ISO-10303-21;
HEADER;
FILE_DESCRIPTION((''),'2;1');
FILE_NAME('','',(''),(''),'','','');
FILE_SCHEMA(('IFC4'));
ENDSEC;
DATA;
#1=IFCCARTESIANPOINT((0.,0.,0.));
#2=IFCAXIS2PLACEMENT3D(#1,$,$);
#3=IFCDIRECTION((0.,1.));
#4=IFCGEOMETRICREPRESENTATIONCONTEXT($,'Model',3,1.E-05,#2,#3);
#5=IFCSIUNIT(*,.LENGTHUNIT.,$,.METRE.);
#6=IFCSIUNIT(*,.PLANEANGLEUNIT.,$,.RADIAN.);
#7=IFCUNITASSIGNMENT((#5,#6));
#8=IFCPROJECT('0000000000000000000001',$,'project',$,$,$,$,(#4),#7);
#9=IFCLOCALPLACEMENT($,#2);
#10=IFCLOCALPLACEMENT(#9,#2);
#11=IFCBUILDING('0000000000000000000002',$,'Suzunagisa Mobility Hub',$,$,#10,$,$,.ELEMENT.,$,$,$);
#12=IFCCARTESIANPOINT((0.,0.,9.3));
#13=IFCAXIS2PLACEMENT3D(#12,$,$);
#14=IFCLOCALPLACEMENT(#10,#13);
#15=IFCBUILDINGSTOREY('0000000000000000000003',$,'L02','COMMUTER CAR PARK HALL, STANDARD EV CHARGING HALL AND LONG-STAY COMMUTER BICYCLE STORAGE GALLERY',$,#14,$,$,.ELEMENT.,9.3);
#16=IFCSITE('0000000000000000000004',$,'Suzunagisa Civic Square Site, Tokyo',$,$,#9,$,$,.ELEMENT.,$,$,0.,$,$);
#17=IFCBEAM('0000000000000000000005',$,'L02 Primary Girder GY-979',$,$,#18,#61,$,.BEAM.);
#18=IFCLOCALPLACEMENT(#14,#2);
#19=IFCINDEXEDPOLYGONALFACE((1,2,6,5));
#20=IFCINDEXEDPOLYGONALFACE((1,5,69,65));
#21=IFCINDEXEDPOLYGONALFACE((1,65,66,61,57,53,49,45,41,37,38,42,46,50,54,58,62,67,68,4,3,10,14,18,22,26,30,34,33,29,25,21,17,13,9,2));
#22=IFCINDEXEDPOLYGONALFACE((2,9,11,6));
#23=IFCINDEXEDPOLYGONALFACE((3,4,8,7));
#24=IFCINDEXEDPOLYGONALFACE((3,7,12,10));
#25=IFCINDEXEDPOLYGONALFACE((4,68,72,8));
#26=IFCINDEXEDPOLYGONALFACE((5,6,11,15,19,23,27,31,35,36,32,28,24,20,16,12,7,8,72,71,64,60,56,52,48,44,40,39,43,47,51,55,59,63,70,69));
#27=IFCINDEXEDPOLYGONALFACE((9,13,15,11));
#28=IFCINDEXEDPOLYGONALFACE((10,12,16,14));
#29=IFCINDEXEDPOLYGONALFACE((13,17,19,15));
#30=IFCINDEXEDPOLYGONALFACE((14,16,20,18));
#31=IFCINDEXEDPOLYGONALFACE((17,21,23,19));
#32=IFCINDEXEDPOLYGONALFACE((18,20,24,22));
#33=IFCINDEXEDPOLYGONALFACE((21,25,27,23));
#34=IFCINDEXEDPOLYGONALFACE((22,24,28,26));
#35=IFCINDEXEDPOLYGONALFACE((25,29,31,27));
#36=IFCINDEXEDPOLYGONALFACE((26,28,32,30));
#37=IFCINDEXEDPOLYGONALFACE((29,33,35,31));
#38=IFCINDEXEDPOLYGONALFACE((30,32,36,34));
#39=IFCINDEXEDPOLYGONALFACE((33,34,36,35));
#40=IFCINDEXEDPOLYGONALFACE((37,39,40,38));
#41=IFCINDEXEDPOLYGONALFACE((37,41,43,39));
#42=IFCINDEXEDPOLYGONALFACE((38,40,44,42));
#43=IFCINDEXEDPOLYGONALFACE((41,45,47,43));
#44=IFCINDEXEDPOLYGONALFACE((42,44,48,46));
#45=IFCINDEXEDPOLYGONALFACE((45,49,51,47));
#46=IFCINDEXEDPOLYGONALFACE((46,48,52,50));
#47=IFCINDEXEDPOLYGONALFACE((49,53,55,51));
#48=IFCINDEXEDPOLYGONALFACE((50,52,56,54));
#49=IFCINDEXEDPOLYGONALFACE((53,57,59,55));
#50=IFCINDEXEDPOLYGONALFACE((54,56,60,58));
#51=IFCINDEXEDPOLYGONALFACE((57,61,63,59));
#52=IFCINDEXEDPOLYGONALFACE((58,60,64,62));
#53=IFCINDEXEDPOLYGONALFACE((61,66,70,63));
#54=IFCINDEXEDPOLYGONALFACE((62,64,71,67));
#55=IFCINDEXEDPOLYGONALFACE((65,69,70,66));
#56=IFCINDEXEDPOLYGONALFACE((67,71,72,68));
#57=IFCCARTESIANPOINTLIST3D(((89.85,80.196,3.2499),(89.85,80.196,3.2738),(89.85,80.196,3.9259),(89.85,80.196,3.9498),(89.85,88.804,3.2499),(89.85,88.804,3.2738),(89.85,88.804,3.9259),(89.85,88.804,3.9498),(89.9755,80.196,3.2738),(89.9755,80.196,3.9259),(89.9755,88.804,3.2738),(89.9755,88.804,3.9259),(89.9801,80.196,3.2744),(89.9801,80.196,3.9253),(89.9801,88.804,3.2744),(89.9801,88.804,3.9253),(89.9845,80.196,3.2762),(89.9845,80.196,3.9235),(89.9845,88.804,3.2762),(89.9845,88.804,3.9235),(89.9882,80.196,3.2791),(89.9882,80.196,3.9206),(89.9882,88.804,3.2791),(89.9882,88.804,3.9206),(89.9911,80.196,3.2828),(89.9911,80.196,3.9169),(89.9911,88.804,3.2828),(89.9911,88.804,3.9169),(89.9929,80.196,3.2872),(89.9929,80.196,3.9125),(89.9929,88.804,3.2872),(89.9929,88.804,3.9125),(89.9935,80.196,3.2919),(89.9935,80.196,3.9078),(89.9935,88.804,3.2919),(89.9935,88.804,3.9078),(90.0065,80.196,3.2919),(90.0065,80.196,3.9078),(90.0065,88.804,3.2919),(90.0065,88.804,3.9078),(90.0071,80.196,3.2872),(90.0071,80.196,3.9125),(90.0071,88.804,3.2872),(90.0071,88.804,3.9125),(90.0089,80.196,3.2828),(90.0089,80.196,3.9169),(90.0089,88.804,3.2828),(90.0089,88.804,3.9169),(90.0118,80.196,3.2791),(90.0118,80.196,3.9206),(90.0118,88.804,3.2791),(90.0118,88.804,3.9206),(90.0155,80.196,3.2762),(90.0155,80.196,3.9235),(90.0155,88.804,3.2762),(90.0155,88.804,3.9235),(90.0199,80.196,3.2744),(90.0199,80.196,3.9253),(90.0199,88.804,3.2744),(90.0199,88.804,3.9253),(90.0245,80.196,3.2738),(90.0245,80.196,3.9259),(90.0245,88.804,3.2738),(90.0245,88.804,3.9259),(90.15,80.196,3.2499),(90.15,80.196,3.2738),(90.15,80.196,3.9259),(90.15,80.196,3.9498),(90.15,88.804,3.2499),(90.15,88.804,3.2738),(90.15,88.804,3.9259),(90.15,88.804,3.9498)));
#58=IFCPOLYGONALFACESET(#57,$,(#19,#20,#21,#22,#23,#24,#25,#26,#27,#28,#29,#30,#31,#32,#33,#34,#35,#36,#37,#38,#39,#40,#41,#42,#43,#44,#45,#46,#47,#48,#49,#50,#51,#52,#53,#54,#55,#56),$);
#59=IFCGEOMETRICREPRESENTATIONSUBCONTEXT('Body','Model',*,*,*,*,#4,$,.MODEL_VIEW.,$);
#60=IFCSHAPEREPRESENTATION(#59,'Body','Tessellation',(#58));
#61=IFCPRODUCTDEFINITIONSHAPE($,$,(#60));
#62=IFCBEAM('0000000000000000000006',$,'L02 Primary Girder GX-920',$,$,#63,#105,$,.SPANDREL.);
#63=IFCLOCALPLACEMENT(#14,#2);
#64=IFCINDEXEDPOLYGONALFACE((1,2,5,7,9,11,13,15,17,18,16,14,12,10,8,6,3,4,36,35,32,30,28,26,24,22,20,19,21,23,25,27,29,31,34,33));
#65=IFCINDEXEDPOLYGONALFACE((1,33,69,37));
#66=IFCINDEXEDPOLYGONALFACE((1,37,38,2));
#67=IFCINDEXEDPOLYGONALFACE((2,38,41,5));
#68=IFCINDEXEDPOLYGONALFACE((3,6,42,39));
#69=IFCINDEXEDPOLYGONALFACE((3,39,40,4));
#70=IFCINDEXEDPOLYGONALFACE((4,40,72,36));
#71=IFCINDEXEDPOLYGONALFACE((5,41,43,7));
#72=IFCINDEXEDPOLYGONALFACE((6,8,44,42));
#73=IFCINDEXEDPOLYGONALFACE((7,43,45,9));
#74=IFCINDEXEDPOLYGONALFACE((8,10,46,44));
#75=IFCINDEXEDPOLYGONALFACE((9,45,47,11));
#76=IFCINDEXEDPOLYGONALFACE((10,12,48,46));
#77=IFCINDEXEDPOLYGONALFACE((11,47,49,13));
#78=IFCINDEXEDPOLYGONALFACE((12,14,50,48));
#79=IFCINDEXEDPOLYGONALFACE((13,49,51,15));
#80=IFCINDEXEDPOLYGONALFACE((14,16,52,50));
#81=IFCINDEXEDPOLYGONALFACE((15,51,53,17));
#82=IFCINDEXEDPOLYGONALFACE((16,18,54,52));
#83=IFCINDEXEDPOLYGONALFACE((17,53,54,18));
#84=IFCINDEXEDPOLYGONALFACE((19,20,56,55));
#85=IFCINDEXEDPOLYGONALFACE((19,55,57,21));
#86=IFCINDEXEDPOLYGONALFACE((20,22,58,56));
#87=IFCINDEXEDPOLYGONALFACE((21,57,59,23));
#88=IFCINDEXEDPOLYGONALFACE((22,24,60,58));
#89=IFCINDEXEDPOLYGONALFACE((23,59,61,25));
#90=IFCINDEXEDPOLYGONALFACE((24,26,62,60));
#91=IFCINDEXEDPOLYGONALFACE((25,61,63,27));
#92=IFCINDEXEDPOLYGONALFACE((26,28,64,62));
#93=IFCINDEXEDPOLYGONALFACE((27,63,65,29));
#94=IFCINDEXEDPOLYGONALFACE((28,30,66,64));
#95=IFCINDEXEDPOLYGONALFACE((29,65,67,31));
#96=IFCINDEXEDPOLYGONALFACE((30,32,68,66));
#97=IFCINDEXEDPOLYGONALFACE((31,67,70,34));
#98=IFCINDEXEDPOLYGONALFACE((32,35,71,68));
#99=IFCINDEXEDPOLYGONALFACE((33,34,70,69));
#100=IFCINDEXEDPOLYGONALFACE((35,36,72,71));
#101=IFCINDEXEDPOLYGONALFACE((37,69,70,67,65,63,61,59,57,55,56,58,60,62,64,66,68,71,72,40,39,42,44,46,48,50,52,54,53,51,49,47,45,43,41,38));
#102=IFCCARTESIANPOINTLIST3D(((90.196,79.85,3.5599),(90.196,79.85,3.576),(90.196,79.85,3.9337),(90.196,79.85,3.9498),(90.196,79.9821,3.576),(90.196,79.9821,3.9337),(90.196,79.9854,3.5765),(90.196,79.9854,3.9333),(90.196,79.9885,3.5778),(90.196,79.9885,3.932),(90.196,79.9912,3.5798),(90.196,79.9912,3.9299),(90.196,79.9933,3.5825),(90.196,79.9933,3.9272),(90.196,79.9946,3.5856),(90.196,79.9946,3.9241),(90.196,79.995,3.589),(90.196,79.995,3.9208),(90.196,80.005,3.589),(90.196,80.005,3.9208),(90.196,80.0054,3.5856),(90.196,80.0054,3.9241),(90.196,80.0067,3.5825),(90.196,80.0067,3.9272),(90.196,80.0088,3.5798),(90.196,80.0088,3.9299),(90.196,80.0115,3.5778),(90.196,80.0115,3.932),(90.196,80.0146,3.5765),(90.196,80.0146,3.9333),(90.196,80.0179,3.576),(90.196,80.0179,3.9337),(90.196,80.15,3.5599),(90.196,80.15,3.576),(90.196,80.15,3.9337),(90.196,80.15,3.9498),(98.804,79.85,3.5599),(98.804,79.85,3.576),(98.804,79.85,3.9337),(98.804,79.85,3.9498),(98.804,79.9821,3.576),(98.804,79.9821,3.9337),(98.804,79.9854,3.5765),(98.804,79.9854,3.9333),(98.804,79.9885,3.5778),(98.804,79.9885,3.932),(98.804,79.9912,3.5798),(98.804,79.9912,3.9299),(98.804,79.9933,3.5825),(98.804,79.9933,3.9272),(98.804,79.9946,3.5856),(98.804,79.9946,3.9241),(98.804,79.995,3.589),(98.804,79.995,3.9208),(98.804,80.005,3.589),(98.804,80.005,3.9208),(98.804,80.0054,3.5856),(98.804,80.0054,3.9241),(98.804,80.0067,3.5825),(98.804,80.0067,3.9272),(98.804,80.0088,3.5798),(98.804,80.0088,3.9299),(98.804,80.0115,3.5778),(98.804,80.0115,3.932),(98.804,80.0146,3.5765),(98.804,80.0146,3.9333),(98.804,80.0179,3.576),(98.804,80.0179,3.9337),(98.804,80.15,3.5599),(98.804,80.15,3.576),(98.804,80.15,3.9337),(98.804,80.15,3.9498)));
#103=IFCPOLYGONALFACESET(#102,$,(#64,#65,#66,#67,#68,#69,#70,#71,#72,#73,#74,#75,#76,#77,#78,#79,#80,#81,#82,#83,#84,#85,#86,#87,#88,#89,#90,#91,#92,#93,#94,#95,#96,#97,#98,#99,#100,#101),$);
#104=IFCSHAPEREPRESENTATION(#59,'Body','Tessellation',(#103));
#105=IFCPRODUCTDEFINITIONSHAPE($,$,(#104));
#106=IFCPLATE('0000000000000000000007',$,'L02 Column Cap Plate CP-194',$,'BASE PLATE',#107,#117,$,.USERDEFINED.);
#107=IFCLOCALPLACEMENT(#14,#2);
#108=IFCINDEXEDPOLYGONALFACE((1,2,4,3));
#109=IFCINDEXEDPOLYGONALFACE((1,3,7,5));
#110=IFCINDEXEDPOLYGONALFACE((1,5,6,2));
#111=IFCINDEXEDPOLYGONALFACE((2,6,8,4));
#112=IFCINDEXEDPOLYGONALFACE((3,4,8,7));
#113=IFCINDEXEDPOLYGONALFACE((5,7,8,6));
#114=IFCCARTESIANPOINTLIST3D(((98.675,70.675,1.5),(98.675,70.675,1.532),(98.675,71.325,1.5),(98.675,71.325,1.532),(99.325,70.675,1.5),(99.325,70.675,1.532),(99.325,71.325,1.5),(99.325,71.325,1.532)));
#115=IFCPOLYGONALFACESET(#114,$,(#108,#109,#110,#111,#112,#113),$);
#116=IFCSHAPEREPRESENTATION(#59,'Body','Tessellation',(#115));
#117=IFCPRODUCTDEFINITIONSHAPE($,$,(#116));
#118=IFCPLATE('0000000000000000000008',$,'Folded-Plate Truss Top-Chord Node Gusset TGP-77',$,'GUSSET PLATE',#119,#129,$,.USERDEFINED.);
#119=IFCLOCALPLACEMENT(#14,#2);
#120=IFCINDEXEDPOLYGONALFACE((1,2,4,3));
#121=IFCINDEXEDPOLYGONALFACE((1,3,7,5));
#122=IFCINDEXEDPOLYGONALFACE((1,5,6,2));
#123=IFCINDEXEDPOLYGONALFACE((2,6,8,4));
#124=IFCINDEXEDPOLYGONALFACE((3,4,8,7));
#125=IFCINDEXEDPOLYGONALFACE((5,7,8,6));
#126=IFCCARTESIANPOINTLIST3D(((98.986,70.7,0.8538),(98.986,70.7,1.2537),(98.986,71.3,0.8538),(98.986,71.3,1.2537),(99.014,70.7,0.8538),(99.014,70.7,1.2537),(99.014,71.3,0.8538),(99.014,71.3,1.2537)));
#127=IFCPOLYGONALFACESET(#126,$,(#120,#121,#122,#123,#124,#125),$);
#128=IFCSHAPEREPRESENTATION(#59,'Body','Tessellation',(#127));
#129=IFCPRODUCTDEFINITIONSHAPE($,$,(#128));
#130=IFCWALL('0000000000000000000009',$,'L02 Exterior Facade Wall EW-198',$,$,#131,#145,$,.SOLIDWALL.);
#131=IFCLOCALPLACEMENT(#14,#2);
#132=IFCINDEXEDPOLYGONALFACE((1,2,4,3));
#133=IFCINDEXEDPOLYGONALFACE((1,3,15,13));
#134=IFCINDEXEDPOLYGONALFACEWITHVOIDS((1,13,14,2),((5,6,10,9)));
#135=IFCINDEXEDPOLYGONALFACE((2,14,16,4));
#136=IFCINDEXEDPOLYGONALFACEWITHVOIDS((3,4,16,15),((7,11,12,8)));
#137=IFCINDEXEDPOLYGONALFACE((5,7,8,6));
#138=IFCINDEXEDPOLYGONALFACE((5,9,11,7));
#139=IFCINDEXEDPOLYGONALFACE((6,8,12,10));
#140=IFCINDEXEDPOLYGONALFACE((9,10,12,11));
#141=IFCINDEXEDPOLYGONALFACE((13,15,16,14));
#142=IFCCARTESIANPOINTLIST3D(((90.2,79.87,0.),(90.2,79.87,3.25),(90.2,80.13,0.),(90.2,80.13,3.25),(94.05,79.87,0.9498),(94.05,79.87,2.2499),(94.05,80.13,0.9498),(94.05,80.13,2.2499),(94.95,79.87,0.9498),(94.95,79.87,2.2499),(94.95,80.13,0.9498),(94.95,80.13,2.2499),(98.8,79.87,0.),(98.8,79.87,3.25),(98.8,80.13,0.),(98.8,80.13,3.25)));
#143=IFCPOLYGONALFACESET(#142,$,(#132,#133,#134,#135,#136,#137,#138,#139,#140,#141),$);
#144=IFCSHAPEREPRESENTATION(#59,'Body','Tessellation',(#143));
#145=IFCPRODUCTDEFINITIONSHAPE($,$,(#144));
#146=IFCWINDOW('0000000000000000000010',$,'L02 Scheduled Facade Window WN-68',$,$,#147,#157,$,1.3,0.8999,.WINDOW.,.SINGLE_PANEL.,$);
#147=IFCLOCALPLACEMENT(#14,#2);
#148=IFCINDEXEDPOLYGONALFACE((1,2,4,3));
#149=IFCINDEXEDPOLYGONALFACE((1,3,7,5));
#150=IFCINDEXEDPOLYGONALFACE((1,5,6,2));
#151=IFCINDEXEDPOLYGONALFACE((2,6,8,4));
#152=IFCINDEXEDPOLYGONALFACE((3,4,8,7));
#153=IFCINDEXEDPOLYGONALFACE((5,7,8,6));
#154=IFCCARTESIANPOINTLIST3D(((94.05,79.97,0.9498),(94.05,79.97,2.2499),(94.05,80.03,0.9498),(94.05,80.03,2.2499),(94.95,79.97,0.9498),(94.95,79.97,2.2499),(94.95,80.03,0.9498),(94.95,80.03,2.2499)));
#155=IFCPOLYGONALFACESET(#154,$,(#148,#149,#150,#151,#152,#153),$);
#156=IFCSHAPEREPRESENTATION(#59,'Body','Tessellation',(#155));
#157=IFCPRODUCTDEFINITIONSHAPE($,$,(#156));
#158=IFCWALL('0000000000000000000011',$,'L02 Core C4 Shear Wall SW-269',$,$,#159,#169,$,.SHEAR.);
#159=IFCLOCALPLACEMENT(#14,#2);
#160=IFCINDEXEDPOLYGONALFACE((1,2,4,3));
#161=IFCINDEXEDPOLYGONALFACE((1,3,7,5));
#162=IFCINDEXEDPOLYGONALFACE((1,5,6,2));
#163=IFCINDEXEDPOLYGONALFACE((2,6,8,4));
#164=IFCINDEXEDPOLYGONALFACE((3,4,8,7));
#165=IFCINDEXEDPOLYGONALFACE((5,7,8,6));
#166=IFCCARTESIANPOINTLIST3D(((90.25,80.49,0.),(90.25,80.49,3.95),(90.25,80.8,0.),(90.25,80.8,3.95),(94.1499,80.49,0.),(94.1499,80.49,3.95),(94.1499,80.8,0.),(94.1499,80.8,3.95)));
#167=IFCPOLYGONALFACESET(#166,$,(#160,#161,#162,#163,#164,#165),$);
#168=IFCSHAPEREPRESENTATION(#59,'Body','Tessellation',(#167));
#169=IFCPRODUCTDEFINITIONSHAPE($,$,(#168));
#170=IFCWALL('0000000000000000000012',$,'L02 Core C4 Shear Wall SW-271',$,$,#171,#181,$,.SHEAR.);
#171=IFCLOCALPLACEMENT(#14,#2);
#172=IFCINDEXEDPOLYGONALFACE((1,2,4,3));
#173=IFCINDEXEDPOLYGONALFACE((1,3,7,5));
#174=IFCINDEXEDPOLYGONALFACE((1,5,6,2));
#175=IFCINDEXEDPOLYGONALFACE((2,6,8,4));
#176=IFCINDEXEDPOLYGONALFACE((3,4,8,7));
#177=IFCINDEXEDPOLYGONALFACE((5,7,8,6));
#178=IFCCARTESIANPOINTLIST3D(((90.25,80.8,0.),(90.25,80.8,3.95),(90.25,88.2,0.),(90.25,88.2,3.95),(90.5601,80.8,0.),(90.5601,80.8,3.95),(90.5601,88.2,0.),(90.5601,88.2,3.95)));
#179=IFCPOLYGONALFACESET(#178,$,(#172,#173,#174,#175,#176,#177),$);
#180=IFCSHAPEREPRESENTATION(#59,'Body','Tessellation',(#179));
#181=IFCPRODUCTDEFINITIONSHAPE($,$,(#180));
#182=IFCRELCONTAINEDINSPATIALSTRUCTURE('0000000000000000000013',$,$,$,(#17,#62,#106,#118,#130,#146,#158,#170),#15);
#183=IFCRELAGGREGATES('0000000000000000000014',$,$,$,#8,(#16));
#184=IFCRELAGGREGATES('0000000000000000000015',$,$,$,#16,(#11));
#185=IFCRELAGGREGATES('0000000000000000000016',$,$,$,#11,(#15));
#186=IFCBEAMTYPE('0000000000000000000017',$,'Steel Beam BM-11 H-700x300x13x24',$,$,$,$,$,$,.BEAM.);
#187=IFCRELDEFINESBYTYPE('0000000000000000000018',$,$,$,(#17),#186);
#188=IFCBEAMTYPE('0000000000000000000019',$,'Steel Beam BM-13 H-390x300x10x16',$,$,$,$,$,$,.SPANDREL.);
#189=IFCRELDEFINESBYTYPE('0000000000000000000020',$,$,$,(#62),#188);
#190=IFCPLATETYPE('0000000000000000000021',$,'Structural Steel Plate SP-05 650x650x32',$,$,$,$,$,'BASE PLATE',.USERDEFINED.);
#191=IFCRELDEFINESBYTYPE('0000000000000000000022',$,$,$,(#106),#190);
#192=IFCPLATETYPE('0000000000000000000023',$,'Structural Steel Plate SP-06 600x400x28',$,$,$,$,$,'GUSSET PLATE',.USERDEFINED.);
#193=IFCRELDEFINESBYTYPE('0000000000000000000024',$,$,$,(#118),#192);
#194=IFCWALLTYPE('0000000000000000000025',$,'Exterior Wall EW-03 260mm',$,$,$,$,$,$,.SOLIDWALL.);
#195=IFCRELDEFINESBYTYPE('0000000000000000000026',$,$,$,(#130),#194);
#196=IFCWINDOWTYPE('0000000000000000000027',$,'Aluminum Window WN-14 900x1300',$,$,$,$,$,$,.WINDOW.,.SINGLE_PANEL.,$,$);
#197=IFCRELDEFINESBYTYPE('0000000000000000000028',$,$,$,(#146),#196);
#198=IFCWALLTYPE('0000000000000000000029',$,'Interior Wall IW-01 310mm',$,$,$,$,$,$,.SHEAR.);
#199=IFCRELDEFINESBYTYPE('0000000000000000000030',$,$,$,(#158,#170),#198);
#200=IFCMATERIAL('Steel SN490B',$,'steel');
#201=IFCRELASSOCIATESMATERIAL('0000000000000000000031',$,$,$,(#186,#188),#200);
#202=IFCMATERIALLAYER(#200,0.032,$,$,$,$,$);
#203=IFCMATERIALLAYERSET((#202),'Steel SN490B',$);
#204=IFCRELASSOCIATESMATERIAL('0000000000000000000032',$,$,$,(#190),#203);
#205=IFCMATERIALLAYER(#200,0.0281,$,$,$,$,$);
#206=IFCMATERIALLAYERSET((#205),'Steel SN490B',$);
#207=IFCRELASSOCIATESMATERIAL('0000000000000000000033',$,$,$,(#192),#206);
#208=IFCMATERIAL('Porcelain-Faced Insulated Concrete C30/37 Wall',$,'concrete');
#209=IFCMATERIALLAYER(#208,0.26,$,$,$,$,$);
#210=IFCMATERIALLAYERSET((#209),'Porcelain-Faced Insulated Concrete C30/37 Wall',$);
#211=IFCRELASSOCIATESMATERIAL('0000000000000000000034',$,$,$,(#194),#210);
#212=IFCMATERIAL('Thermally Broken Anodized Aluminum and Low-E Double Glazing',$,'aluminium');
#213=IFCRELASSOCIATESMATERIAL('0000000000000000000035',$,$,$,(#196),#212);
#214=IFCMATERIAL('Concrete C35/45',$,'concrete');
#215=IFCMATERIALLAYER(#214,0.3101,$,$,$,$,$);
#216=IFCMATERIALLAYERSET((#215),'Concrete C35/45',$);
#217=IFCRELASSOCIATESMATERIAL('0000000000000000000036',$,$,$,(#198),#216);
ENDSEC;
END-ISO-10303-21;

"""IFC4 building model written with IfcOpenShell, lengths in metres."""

from ifc_helpers import new_model, si_unit, direction, frame, frame_2d, origin, origin_2d, place, context, subcontext, project, spatial, rectangle, i_section, extrude, material, layer, layer_set, material_profile, profile_set, type_object, element, fill, save


model = new_model("IFC4")

# Units and contexts
model_context = context("Model", 3, precision=1e-05, world=origin(), true_north=direction((0.0, 1.0)))
body_context = subcontext(model_context, "Body", "Model", "MODEL_VIEW")
ifc_project = project(units=[si_unit("LENGTHUNIT", "METRE"), si_unit("PLANEANGLEUNIT", "RADIAN")], contexts=[model_context])

# Site, building, storey
site_placement = place(None, origin())
site = spatial("IfcSite", under=ifc_project, at=site_placement, Name="Suzunagisa Civic Square Site, Tokyo", CompositionType="ELEMENT", RefElevation=0.0)
building_placement = place(site_placement, origin())
building = spatial("IfcBuilding", under=site, at=building_placement, Name="Suzunagisa Mobility Hub", CompositionType="ELEMENT")
storey_placement = place(building_placement, frame((0.0, 0.0, 9.3)))
storey = spatial("IfcBuildingStorey", under=building, at=storey_placement, Name="L02", Description="COMMUTER CAR PARK HALL, STANDARD EV CHARGING HALL AND LONG-STAY COMMUTER BICYCLE STORAGE GALLERY", CompositionType="ELEMENT", Elevation=9.3)

# Shared definitions
ifc_material_1 = material(Name="Steel SN490B", Category="steel")

# Beams
ifc_material_profile_1 = material_profile(ifc_material_1, i_section(OverallWidth=0.3, OverallDepth=0.7, WebThickness=0.0129, FlangeThickness=0.0239, FilletRadius=0.0181, at=origin_2d()), Name="H-700x300x13x24")
ifc_profile_set_1 = profile_set([ifc_material_profile_1], Name="Steel SN490B")
beam_type_1 = type_object("IfcBeamType", Name="Steel Beam BM-11 H-700x300x13x24", PredefinedType="BEAM", material=ifc_profile_set_1)
beam_1_placement = place(storey_placement, frame((90.0, 80.196, 3.5999), z_axis=(0.0, 1.0, 0.0), x_axis=(-1.0, 0.0, 0.0)))
element("IfcBeam", 1, at=beam_1_placement, inside=storey, type_object=beam_type_1, Name="L02 Primary Girder GY-979", PredefinedType="BEAM", context=body_context, shape_type="SweptSolid", body=[
    extrude(i_section(OverallWidth=0.3, OverallDepth=0.7, WebThickness=0.0129, FlangeThickness=0.0239, FilletRadius=0.0181, at=origin_2d()), origin(), (0.0, 0.0, 1.0), 8.6079),
])
ifc_material_profile_2 = material_profile(ifc_material_1, i_section(OverallWidth=0.3, OverallDepth=0.3899, WebThickness=0.01, FlangeThickness=0.0161, FilletRadius=0.0129, at=origin_2d()), Name="H-390x300x10x16")
ifc_profile_set_2 = profile_set([ifc_material_profile_2], Name="Steel SN490B")
beam_type_2 = type_object("IfcBeamType", Name="Steel Beam BM-13 H-390x300x10x16", PredefinedType="SPANDREL", material=ifc_profile_set_2)
beam_2_placement = place(storey_placement, frame((90.196, 80.0, 3.7549), z_axis=(1.0, 0.0, 0.0), x_axis=(0.0, 1.0, 0.0)))
element("IfcBeam", 2, at=beam_2_placement, inside=storey, type_object=beam_type_2, Name="L02 Primary Girder GX-920", PredefinedType="SPANDREL", context=body_context, shape_type="SweptSolid", body=[
    extrude(i_section(OverallWidth=0.3, OverallDepth=0.3899, WebThickness=0.01, FlangeThickness=0.0161, FilletRadius=0.0129, at=origin_2d()), origin(), (0.0, 0.0, 1.0), 8.6079),
])

# Plates
ifc_layer_1 = layer(ifc_material_1, 0.032)
ifc_layer_set_1 = layer_set([ifc_layer_1], Name="Steel SN490B")
plate_type_1 = type_object("IfcPlateType", Name="Structural Steel Plate SP-05 650x650x32", ElementType="BASE PLATE", PredefinedType="USERDEFINED", material=ifc_layer_set_1)
plate_1_placement = place(storey_placement, frame((99.0, 71.0, 1.5), z_axis=(0.0, 0.0, 1.0), x_axis=(1.0, 0.0, 0.0)))
element("IfcPlate", 3, at=plate_1_placement, inside=storey, type_object=plate_type_1, Name="L02 Column Cap Plate CP-194", ObjectType="BASE PLATE", PredefinedType="USERDEFINED", context=body_context, shape_type="SweptSolid", body=[
    extrude(rectangle(XDim=0.6499, YDim=0.6499, at=origin_2d()), origin(), (0.0, 0.0, 1.0), 0.032),
])
ifc_layer_2 = layer(ifc_material_1, 0.0281)
ifc_layer_set_2 = layer_set([ifc_layer_2], Name="Steel SN490B")
plate_type_2 = type_object("IfcPlateType", Name="Structural Steel Plate SP-06 600x400x28", ElementType="GUSSET PLATE", PredefinedType="USERDEFINED", material=ifc_layer_set_2)
plate_2_placement = place(storey_placement, frame((99.0, 71.0, 0.8538), z_axis=(0.0, 0.0, 1.0), x_axis=(1.0, 0.0, 0.0)))
element("IfcPlate", 4, at=plate_2_placement, inside=storey, type_object=plate_type_2, Name="Folded-Plate Truss Top-Chord Node Gusset TGP-77", ObjectType="GUSSET PLATE", PredefinedType="USERDEFINED", context=body_context, shape_type="SweptSolid", body=[
    extrude(rectangle(XDim=0.0281, YDim=0.6001, at=origin_2d()), origin(), (0.0, 0.0, 1.0), 0.3999),
])

# Wall, opening, window
ifc_material_2 = material(Name="Porcelain-Faced Insulated Concrete C30/37 Wall", Category="concrete")
ifc_layer_3 = layer(ifc_material_2, 0.26)
ifc_layer_set_3 = layer_set([ifc_layer_3], Name="Porcelain-Faced Insulated Concrete C30/37 Wall")
wall_type_1 = type_object("IfcWallType", Name="Exterior Wall EW-03 260mm", PredefinedType="SOLIDWALL", material=ifc_layer_set_3)
wall_1_placement = place(storey_placement, frame((90.2, 80.0, 0.0), z_axis=(0.0, 0.0, 1.0), x_axis=(1.0, 0.0, 0.0)))
wall_1 = element("IfcWall", 5, at=wall_1_placement, inside=storey, type_object=wall_type_1, Name="L02 Exterior Facade Wall EW-198", PredefinedType="SOLIDWALL", context=body_context, shape_type="SweptSolid", body=[
    extrude(rectangle(XDim=8.6001, YDim=0.26, at=frame_2d((4.3, 0.0))), origin(), (0.0, 0.0, 1.0), 3.25),
])
opening_1_placement = place(wall_1_placement, frame((3.8501, 0.0, 0.95)))
opening_1 = element("IfcOpeningElement", 6, at=opening_1_placement, cuts=wall_1, PredefinedType="OPENING", context=body_context, shape_type="SweptSolid", body=[
    extrude(rectangle(XDim=0.8999, YDim=1.3, at=frame_2d((0.45, 0.6499))), frame((0.0, 0.1411, 0.0), z_axis=(0.0, -1.0, 0.0), x_axis=(1.0, 0.0, 0.0)), (0.0, 0.0, 1.0), 0.282),
])
ifc_material_3 = material(Name="Thermally Broken Anodized Aluminum and Low-E Double Glazing", Category="aluminium")
window_type = type_object("IfcWindowType", Name="Aluminum Window WN-14 900x1300", PartitioningType="SINGLE_PANEL", PredefinedType="WINDOW", material=ifc_material_3)
window_placement = place(opening_1_placement, origin())
window = element("IfcWindow", 7, at=window_placement, inside=storey, type_object=window_type, Name="L02 Scheduled Facade Window WN-68", OverallHeight=1.3, OverallWidth=0.8999, PartitioningType="SINGLE_PANEL", PredefinedType="WINDOW", context=body_context, shape_type="SweptSolid", body=[
    extrude(rectangle(XDim=0.8999, YDim=1.3, at=frame_2d((0.45, 0.6499))), frame((0.0, 0.03, 0.0), z_axis=(0.0, -1.0, 0.0), x_axis=(1.0, 0.0, 0.0)), (0.0, 0.0, 1.0), 0.0601),
])
fill(opening_1, window)

# Walls
ifc_material_4 = material(Name="Concrete C35/45", Category="concrete")
ifc_layer_4 = layer(ifc_material_4, 0.3101)
ifc_layer_set_4 = layer_set([ifc_layer_4], Name="Concrete C35/45")
wall_type_2 = type_object("IfcWallType", Name="Interior Wall IW-01 310mm", PredefinedType="SHEAR", material=ifc_layer_set_4)
wall_2_placement = place(storey_placement, frame((90.25, 80.645, 0.0), z_axis=(0.0, 0.0, 1.0), x_axis=(1.0, 0.0, 0.0)))
element("IfcWall", 8, at=wall_2_placement, inside=storey, type_object=wall_type_2, Name="L02 Core C4 Shear Wall SW-269", PredefinedType="SHEAR", context=body_context, shape_type="SweptSolid", body=[
    extrude(rectangle(XDim=3.8999, YDim=0.3101, at=frame_2d((1.95, 0.0))), origin(), (0.0, 0.0, 1.0), 3.95),
])
wall_3_placement = place(storey_placement, frame((90.405, 80.8, 0.0), z_axis=(0.0, 0.0, 1.0), x_axis=(0.0, 1.0, 0.0)))
element("IfcWall", 9, at=wall_3_placement, inside=storey, type_object=wall_type_2, Name="L02 Core C4 Shear Wall SW-271", PredefinedType="SHEAR", context=body_context, shape_type="SweptSolid", body=[
    extrude(rectangle(XDim=7.3999, YDim=0.3101, at=frame_2d((3.7, 0.0))), origin(), (0.0, 0.0, 1.0), 3.95),
])

save(model, "model.ifc")
